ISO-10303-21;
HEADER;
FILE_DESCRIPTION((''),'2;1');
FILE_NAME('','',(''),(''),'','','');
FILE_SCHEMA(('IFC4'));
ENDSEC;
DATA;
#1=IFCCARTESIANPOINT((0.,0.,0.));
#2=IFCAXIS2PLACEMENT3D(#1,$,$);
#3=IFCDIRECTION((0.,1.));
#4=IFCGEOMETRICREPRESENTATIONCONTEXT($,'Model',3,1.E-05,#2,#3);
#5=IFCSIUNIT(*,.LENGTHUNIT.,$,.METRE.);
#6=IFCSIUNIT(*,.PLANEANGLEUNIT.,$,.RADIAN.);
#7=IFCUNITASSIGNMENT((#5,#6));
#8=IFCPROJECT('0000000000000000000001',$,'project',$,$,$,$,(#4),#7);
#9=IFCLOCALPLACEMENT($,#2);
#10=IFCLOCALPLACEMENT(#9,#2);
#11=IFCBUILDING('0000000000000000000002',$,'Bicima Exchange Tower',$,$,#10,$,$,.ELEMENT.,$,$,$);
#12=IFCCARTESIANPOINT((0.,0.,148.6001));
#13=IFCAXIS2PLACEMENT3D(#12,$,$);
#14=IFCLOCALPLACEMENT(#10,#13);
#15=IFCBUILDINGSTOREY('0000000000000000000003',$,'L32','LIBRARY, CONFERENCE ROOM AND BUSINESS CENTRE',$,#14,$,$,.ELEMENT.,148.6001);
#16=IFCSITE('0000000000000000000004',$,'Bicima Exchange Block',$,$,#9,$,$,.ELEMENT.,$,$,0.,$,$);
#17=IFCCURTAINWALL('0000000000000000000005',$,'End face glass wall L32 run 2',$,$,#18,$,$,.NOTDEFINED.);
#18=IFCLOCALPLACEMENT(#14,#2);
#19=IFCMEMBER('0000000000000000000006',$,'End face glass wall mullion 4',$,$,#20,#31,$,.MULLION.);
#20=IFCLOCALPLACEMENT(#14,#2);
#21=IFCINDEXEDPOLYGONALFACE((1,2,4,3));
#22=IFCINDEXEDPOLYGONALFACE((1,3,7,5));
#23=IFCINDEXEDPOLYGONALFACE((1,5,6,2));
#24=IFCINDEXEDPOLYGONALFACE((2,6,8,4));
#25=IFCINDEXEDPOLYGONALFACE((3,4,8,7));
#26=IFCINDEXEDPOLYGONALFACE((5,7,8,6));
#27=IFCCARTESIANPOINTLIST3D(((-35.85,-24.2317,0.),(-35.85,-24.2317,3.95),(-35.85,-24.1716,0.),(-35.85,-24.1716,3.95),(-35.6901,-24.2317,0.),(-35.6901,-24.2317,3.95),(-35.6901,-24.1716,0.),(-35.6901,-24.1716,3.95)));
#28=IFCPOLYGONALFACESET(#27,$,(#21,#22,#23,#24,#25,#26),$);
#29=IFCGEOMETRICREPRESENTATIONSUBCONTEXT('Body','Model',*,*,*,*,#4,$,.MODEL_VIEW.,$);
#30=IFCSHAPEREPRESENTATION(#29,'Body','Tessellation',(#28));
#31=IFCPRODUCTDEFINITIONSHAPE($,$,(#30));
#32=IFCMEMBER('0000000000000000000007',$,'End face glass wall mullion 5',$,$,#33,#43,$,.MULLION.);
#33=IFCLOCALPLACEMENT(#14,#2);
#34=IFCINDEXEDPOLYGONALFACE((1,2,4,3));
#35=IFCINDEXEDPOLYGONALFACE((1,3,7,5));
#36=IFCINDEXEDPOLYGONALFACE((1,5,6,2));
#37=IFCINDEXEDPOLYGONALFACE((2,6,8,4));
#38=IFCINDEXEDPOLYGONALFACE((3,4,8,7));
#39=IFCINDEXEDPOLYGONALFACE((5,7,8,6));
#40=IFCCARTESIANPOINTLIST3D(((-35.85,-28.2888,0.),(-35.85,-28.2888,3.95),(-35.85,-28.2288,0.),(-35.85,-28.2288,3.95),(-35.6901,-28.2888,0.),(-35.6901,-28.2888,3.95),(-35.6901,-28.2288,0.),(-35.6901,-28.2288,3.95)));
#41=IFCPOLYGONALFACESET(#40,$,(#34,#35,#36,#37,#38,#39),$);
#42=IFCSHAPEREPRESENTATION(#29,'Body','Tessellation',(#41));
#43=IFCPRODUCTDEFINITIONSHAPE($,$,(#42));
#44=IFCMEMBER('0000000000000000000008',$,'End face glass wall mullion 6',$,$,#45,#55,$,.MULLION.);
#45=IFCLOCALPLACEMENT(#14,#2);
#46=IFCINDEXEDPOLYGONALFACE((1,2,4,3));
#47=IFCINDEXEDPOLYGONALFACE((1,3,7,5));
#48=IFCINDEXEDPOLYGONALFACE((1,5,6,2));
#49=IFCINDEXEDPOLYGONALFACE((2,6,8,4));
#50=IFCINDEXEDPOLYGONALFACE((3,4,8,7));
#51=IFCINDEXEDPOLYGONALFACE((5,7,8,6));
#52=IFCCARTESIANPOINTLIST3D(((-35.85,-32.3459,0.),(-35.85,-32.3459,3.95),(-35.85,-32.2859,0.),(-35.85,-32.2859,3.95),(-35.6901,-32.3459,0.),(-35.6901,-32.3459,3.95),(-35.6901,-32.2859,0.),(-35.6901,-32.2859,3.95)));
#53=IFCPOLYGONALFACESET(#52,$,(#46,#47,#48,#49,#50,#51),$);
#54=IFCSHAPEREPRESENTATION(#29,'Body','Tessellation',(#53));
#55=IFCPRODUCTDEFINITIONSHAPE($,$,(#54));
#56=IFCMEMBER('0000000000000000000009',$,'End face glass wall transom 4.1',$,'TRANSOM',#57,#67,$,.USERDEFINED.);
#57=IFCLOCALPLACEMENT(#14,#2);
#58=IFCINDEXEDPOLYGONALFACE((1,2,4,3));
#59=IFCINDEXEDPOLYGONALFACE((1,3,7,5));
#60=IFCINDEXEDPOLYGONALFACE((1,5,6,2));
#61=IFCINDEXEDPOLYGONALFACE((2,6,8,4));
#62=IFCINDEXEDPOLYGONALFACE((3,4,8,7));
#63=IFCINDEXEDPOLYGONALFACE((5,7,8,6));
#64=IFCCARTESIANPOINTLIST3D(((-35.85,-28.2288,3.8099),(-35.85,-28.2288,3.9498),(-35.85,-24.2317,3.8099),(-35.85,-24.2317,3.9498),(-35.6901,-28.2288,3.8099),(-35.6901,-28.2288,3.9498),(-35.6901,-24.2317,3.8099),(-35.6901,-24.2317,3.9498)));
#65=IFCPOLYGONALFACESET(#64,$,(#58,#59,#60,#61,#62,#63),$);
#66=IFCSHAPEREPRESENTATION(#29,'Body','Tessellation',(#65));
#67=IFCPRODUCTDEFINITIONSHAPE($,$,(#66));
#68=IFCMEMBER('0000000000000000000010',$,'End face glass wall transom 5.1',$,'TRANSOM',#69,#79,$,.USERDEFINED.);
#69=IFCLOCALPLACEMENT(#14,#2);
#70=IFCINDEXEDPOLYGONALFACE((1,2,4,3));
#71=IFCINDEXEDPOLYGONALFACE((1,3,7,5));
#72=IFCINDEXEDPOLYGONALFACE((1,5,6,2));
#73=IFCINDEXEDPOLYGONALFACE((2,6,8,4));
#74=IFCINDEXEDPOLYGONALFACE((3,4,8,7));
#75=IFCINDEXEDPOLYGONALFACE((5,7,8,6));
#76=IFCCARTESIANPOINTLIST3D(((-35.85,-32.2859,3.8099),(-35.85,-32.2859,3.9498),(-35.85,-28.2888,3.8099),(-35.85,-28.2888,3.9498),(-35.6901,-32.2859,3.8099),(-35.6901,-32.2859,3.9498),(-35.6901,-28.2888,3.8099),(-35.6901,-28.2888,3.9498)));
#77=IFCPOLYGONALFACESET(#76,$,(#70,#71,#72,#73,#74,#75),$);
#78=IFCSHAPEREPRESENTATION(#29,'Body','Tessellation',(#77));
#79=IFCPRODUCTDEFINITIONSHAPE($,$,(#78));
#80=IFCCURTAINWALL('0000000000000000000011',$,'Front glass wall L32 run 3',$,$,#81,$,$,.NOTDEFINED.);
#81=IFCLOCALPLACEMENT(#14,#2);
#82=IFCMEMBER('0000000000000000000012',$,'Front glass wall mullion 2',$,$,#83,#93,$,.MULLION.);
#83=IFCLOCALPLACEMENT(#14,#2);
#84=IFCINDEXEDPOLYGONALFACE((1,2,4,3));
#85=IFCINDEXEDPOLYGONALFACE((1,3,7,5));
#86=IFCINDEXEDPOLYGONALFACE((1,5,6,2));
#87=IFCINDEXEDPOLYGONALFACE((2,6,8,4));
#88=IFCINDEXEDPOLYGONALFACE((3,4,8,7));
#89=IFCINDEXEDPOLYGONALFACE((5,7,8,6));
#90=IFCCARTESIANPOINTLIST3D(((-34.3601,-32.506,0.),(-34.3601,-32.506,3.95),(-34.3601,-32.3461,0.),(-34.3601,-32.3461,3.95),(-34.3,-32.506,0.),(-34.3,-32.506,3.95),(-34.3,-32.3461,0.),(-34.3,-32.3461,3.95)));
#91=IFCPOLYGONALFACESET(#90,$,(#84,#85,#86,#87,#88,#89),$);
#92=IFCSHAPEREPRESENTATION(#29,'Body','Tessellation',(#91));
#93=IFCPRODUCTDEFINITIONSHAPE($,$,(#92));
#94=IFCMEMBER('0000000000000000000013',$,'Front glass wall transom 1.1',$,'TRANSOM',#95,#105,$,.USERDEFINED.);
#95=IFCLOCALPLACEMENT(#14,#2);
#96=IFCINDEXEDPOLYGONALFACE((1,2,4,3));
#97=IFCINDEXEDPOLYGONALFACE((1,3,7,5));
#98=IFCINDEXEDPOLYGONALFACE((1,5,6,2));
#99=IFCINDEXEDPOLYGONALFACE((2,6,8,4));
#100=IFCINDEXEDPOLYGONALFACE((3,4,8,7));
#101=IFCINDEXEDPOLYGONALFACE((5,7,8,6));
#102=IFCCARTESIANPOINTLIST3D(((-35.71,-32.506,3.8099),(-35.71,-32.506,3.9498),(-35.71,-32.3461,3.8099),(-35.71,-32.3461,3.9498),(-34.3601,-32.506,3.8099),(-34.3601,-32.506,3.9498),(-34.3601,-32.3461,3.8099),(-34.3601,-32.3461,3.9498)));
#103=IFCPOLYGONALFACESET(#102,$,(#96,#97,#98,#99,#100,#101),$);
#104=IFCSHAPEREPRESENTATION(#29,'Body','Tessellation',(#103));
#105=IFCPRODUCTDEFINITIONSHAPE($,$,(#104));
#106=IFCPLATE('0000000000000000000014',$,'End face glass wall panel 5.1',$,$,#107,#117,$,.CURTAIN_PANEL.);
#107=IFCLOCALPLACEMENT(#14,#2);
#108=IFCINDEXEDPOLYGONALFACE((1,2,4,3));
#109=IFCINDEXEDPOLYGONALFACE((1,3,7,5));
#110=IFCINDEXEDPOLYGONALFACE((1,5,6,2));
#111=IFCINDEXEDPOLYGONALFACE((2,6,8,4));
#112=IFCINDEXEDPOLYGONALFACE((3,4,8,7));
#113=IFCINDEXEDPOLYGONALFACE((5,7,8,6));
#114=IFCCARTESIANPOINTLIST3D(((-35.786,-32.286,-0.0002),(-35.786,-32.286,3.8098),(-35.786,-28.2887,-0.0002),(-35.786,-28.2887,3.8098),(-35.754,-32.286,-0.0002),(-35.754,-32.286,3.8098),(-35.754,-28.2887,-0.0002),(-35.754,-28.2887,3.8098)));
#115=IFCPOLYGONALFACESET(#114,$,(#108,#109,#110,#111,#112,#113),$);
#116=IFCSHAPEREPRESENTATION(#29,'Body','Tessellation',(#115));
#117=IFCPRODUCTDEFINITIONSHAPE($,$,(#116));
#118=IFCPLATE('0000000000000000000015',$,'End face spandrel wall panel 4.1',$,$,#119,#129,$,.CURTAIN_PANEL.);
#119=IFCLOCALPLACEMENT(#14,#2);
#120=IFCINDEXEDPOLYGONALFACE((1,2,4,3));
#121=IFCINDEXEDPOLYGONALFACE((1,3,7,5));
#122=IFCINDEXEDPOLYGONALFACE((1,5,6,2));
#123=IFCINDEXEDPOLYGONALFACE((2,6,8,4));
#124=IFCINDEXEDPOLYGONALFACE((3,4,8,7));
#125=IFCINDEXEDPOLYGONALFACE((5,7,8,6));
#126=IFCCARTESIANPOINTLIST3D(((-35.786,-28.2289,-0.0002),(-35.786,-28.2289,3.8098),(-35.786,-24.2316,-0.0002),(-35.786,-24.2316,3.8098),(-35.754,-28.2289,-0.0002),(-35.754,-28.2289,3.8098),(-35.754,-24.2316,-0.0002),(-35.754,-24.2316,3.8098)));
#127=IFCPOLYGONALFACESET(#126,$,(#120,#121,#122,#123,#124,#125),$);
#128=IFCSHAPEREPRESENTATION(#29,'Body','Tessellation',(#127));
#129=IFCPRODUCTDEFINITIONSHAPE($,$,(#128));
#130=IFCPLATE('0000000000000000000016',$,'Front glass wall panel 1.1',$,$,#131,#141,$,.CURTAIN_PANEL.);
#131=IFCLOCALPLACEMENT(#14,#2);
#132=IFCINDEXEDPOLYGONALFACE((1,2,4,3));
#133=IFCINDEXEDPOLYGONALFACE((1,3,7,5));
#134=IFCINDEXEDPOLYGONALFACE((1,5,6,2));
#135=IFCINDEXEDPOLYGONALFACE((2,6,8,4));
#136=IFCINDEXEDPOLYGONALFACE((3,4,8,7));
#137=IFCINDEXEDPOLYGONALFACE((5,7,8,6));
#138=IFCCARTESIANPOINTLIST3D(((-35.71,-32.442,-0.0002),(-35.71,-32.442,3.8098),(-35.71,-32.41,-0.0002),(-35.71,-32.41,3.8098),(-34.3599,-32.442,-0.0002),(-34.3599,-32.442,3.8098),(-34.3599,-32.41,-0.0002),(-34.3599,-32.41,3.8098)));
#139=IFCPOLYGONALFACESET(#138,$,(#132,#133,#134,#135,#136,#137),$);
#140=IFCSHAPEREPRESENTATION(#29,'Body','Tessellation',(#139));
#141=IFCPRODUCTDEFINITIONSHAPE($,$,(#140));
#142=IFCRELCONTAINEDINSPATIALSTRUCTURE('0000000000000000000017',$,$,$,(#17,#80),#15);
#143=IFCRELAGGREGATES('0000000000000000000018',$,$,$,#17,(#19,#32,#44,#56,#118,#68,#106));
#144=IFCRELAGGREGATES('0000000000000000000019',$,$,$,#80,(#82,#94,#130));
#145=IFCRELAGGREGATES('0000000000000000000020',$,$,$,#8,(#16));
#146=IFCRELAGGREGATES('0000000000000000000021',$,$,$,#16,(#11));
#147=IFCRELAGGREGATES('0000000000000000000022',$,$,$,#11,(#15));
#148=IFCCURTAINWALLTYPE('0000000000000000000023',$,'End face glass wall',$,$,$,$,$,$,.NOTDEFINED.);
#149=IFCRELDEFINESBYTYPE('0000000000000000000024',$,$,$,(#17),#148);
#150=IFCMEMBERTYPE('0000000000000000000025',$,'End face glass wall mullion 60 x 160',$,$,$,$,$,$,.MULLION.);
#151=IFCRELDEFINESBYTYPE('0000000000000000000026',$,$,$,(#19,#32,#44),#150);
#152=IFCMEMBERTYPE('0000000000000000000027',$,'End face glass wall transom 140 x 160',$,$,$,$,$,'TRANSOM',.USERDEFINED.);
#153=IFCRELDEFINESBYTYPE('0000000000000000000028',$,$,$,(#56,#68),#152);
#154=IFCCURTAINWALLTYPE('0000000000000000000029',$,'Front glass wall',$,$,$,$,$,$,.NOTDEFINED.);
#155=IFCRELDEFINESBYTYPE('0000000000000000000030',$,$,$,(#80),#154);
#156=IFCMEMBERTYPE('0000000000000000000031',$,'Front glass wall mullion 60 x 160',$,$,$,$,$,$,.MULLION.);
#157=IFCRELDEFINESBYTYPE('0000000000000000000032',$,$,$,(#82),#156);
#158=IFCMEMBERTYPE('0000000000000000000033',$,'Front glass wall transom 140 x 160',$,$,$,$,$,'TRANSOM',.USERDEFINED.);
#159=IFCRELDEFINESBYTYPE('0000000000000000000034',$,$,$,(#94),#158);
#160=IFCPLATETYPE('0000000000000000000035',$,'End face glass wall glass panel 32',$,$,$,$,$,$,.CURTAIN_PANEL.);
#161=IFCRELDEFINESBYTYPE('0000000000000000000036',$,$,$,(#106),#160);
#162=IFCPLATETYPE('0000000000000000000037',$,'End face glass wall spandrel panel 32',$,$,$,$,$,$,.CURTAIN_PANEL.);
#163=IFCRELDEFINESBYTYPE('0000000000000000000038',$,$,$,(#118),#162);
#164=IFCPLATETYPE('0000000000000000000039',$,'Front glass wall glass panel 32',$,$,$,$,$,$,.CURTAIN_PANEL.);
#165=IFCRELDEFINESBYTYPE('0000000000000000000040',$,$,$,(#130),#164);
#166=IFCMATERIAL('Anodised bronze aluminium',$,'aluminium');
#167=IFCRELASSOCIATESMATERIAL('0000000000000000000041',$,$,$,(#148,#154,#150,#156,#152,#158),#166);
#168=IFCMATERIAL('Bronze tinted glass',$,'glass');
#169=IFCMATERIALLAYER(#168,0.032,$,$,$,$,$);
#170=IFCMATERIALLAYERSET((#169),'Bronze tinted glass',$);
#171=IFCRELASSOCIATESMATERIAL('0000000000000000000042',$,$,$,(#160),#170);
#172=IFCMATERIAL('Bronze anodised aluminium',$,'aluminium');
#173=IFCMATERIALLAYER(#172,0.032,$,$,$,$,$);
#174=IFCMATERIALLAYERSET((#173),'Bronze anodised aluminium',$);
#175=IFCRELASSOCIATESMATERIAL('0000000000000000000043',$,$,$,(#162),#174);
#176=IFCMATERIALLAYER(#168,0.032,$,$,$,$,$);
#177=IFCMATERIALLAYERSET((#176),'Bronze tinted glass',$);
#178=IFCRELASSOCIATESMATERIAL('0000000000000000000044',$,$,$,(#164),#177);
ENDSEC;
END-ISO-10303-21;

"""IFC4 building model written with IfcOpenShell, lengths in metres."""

from ifc_helpers import new_model, si_unit, direction, frame, origin, origin_2d, place, context, subcontext, project, spatial, rectangle, extrude, material, layer, layer_set, material_profile, profile_set, type_object, element, aggregate, save


model = new_model("IFC4")

# Units and contexts
model_context = context("Model", 3, precision=1e-05, world=origin(), true_north=direction((0.0, 1.0)))
body_context = subcontext(model_context, "Body", "Model", "MODEL_VIEW")
ifc_project = project(units=[si_unit("LENGTHUNIT", "METRE"), si_unit("PLANEANGLEUNIT", "RADIAN")], contexts=[model_context])

# Site, building, storey
site_placement = place(None, origin())
site = spatial("IfcSite", under=ifc_project, at=site_placement, Name="Bicima Exchange Block", CompositionType="ELEMENT", RefElevation=0.0)
building_placement = place(site_placement, origin())
building = spatial("IfcBuilding", under=site, at=building_placement, Name="Bicima Exchange Tower", CompositionType="ELEMENT")
storey_placement = place(building_placement, frame((0.0, 0.0, 148.6001)))
storey = spatial("IfcBuildingStorey", under=building, at=storey_placement, Name="L32", Description="LIBRARY, CONFERENCE ROOM AND BUSINESS CENTRE", CompositionType="ELEMENT", Elevation=148.6001)

# Curtain walls, members
ifc_material_1 = material(Name="Anodised bronze aluminium", Category="aluminium")
curtain_wall_type_1 = type_object("IfcCurtainWallType", Name="End face glass wall", PredefinedType="NOTDEFINED", material=ifc_material_1)
curtain_wall_1_placement = place(storey_placement, origin())
curtain_wall_1 = element("IfcCurtainWall", 1, at=curtain_wall_1_placement, inside=storey, type_object=curtain_wall_type_1, Name="End face glass wall L32 run 2", PredefinedType="NOTDEFINED")
ifc_material_profile_1 = material_profile(ifc_material_1, rectangle(XDim=0.1599, YDim=0.0601, at=origin_2d()))
ifc_profile_set_1 = profile_set([ifc_material_profile_1], Name="Anodised bronze aluminium")
member_type_1 = type_object("IfcMemberType", Name="End face glass wall mullion 60 x 160", PredefinedType="MULLION", material=ifc_profile_set_1)
member_1_placement = place(storey_placement, frame((-35.77, -24.2017, 0.0), z_axis=(0.0, 0.0, 1.0), x_axis=(1.0, 0.0, 0.0)))
member_1 = element("IfcMember", 2, at=member_1_placement, type_object=member_type_1, Name="End face glass wall mullion 4", PredefinedType="MULLION", context=body_context, shape_type="SweptSolid", body=[
    extrude(rectangle(XDim=0.1599, YDim=0.0601, at=origin_2d()), origin(), (0.0, 0.0, 1.0), 3.95),
])
member_2_placement = place(storey_placement, frame((-35.77, -28.2588, 0.0), z_axis=(0.0, 0.0, 1.0), x_axis=(1.0, 0.0, 0.0)))
member_2 = element("IfcMember", 3, at=member_2_placement, type_object=member_type_1, Name="End face glass wall mullion 5", PredefinedType="MULLION", context=body_context, shape_type="SweptSolid", body=[
    extrude(rectangle(XDim=0.1599, YDim=0.0601, at=origin_2d()), origin(), (0.0, 0.0, 1.0), 3.95),
])
member_3_placement = place(storey_placement, frame((-35.77, -32.3159, 0.0), z_axis=(0.0, 0.0, 1.0), x_axis=(1.0, 0.0, 0.0)))
member_3 = element("IfcMember", 4, at=member_3_placement, type_object=member_type_1, Name="End face glass wall mullion 6", PredefinedType="MULLION", context=body_context, shape_type="SweptSolid", body=[
    extrude(rectangle(XDim=0.1599, YDim=0.0601, at=origin_2d()), origin(), (0.0, 0.0, 1.0), 3.95),
])
ifc_material_profile_2 = material_profile(ifc_material_1, rectangle(XDim=0.1599, YDim=0.1399, at=origin_2d()))
ifc_profile_set_2 = profile_set([ifc_material_profile_2], Name="Anodised bronze aluminium")
member_type_2 = type_object("IfcMemberType", Name="End face glass wall transom 140 x 160", ElementType="TRANSOM", PredefinedType="USERDEFINED", material=ifc_profile_set_2)
member_4_placement = place(storey_placement, frame((-35.77, -24.2317, 3.8799), z_axis=(0.0, -1.0, 0.0), x_axis=(1.0, 0.0, 0.0)))
member_4 = element("IfcMember", 5, at=member_4_placement, type_object=member_type_2, Name="End face glass wall transom 4.1", ObjectType="TRANSOM", PredefinedType="USERDEFINED", context=body_context, shape_type="SweptSolid", body=[
    extrude(rectangle(XDim=0.1599, YDim=0.1399, at=origin_2d()), origin(), (0.0, 0.0, 1.0), 3.9971),
])
member_5_placement = place(storey_placement, frame((-35.77, -28.2888, 3.8799), z_axis=(0.0, -1.0, 0.0), x_axis=(1.0, 0.0, 0.0)))
member_5 = element("IfcMember", 6, at=member_5_placement, type_object=member_type_2, Name="End face glass wall transom 5.1", ObjectType="TRANSOM", PredefinedType="USERDEFINED", context=body_context, shape_type="SweptSolid", body=[
    extrude(rectangle(XDim=0.1599, YDim=0.1399, at=origin_2d()), origin(), (0.0, 0.0, 1.0), 3.9971),
])
curtain_wall_type_2 = type_object("IfcCurtainWallType", Name="Front glass wall", PredefinedType="NOTDEFINED", material=ifc_material_1)
curtain_wall_2_placement = place(storey_placement, origin())
curtain_wall_2 = element("IfcCurtainWall", 7, at=curtain_wall_2_placement, inside=storey, type_object=curtain_wall_type_2, Name="Front glass wall L32 run 3", PredefinedType="NOTDEFINED")
member_type_3 = type_object("IfcMemberType", Name="Front glass wall mullion 60 x 160", PredefinedType="MULLION", material=ifc_profile_set_1)
member_6_placement = place(storey_placement, frame((-34.3301, -32.426, 0.0), z_axis=(0.0, 0.0, 1.0), x_axis=(0.0, 1.0, 0.0)))
member_6 = element("IfcMember", 8, at=member_6_placement, type_object=member_type_3, Name="Front glass wall mullion 2", PredefinedType="MULLION", context=body_context, shape_type="SweptSolid", body=[
    extrude(rectangle(XDim=0.1599, YDim=0.0601, at=origin_2d()), origin(), (0.0, 0.0, 1.0), 3.95),
])
member_type_4 = type_object("IfcMemberType", Name="Front glass wall transom 140 x 160", ElementType="TRANSOM", PredefinedType="USERDEFINED", material=ifc_profile_set_2)
member_7_placement = place(storey_placement, frame((-35.71, -32.426, 3.8799), z_axis=(1.0, 0.0, 0.0), x_axis=(0.0, 1.0, 0.0)))
member_7 = element("IfcMember", 9, at=member_7_placement, type_object=member_type_4, Name="Front glass wall transom 1.1", ObjectType="TRANSOM", PredefinedType="USERDEFINED", context=body_context, shape_type="SweptSolid", body=[
    extrude(rectangle(XDim=0.1599, YDim=0.1399, at=origin_2d()), origin(), (0.0, 0.0, 1.0), 1.3499),
])

# Plates
ifc_material_2 = material(Name="Bronze tinted glass", Category="glass")
ifc_layer_1 = layer(ifc_material_2, 0.032)
ifc_layer_set_1 = layer_set([ifc_layer_1], Name="Bronze tinted glass")
plate_type_1 = type_object("IfcPlateType", Name="End face glass wall glass panel 32", PredefinedType="CURTAIN_PANEL", material=ifc_layer_set_1)
plate_1_placement = place(storey_placement, frame((-35.77, -30.2874, -0.0002), z_axis=(0.0, 0.0, 1.0), x_axis=(0.0, -1.0, 0.0)))
plate_1 = element("IfcPlate", 10, at=plate_1_placement, type_object=plate_type_1, Name="End face glass wall panel 5.1", PredefinedType="CURTAIN_PANEL", context=body_context, shape_type="SweptSolid", body=[
    extrude(rectangle(XDim=3.9973, YDim=0.032, at=origin_2d()), origin(), (0.0, 0.0, 1.0), 3.8101),
])
ifc_material_3 = material(Name="Bronze anodised aluminium", Category="aluminium")
ifc_layer_2 = layer(ifc_material_3, 0.032)
ifc_layer_set_2 = layer_set([ifc_layer_2], Name="Bronze anodised aluminium")
plate_type_2 = type_object("IfcPlateType", Name="End face glass wall spandrel panel 32", PredefinedType="CURTAIN_PANEL", material=ifc_layer_set_2)
plate_2_placement = place(storey_placement, frame((-35.77, -26.2302, -0.0002), z_axis=(0.0, 0.0, 1.0), x_axis=(0.0, -1.0, 0.0)))
plate_2 = element("IfcPlate", 11, at=plate_2_placement, type_object=plate_type_2, Name="End face spandrel wall panel 4.1", PredefinedType="CURTAIN_PANEL", context=body_context, shape_type="SweptSolid", body=[
    extrude(rectangle(XDim=3.9973, YDim=0.032, at=origin_2d()), origin(), (0.0, 0.0, 1.0), 3.8101),
])
aggregate(curtain_wall_1, [member_1, member_2, member_3, member_4, plate_2, member_5, plate_1])
ifc_layer_3 = layer(ifc_material_2, 0.032)
ifc_layer_set_3 = layer_set([ifc_layer_3], Name="Bronze tinted glass")
plate_type_3 = type_object("IfcPlateType", Name="Front glass wall glass panel 32", PredefinedType="CURTAIN_PANEL", material=ifc_layer_set_3)
plate_3_placement = place(storey_placement, frame((-35.0349, -32.426, -0.0002), z_axis=(0.0, 0.0, 1.0), x_axis=(1.0, 0.0, 0.0)))
plate_3 = element("IfcPlate", 12, at=plate_3_placement, type_object=plate_type_3, Name="Front glass wall panel 1.1", PredefinedType="CURTAIN_PANEL", context=body_context, shape_type="SweptSolid", body=[
    extrude(rectangle(XDim=1.3501, YDim=0.032, at=origin_2d()), origin(), (0.0, 0.0, 1.0), 3.8101),
])
aggregate(curtain_wall_2, [member_6, member_7, plate_3])

save(model, "model.ifc")
